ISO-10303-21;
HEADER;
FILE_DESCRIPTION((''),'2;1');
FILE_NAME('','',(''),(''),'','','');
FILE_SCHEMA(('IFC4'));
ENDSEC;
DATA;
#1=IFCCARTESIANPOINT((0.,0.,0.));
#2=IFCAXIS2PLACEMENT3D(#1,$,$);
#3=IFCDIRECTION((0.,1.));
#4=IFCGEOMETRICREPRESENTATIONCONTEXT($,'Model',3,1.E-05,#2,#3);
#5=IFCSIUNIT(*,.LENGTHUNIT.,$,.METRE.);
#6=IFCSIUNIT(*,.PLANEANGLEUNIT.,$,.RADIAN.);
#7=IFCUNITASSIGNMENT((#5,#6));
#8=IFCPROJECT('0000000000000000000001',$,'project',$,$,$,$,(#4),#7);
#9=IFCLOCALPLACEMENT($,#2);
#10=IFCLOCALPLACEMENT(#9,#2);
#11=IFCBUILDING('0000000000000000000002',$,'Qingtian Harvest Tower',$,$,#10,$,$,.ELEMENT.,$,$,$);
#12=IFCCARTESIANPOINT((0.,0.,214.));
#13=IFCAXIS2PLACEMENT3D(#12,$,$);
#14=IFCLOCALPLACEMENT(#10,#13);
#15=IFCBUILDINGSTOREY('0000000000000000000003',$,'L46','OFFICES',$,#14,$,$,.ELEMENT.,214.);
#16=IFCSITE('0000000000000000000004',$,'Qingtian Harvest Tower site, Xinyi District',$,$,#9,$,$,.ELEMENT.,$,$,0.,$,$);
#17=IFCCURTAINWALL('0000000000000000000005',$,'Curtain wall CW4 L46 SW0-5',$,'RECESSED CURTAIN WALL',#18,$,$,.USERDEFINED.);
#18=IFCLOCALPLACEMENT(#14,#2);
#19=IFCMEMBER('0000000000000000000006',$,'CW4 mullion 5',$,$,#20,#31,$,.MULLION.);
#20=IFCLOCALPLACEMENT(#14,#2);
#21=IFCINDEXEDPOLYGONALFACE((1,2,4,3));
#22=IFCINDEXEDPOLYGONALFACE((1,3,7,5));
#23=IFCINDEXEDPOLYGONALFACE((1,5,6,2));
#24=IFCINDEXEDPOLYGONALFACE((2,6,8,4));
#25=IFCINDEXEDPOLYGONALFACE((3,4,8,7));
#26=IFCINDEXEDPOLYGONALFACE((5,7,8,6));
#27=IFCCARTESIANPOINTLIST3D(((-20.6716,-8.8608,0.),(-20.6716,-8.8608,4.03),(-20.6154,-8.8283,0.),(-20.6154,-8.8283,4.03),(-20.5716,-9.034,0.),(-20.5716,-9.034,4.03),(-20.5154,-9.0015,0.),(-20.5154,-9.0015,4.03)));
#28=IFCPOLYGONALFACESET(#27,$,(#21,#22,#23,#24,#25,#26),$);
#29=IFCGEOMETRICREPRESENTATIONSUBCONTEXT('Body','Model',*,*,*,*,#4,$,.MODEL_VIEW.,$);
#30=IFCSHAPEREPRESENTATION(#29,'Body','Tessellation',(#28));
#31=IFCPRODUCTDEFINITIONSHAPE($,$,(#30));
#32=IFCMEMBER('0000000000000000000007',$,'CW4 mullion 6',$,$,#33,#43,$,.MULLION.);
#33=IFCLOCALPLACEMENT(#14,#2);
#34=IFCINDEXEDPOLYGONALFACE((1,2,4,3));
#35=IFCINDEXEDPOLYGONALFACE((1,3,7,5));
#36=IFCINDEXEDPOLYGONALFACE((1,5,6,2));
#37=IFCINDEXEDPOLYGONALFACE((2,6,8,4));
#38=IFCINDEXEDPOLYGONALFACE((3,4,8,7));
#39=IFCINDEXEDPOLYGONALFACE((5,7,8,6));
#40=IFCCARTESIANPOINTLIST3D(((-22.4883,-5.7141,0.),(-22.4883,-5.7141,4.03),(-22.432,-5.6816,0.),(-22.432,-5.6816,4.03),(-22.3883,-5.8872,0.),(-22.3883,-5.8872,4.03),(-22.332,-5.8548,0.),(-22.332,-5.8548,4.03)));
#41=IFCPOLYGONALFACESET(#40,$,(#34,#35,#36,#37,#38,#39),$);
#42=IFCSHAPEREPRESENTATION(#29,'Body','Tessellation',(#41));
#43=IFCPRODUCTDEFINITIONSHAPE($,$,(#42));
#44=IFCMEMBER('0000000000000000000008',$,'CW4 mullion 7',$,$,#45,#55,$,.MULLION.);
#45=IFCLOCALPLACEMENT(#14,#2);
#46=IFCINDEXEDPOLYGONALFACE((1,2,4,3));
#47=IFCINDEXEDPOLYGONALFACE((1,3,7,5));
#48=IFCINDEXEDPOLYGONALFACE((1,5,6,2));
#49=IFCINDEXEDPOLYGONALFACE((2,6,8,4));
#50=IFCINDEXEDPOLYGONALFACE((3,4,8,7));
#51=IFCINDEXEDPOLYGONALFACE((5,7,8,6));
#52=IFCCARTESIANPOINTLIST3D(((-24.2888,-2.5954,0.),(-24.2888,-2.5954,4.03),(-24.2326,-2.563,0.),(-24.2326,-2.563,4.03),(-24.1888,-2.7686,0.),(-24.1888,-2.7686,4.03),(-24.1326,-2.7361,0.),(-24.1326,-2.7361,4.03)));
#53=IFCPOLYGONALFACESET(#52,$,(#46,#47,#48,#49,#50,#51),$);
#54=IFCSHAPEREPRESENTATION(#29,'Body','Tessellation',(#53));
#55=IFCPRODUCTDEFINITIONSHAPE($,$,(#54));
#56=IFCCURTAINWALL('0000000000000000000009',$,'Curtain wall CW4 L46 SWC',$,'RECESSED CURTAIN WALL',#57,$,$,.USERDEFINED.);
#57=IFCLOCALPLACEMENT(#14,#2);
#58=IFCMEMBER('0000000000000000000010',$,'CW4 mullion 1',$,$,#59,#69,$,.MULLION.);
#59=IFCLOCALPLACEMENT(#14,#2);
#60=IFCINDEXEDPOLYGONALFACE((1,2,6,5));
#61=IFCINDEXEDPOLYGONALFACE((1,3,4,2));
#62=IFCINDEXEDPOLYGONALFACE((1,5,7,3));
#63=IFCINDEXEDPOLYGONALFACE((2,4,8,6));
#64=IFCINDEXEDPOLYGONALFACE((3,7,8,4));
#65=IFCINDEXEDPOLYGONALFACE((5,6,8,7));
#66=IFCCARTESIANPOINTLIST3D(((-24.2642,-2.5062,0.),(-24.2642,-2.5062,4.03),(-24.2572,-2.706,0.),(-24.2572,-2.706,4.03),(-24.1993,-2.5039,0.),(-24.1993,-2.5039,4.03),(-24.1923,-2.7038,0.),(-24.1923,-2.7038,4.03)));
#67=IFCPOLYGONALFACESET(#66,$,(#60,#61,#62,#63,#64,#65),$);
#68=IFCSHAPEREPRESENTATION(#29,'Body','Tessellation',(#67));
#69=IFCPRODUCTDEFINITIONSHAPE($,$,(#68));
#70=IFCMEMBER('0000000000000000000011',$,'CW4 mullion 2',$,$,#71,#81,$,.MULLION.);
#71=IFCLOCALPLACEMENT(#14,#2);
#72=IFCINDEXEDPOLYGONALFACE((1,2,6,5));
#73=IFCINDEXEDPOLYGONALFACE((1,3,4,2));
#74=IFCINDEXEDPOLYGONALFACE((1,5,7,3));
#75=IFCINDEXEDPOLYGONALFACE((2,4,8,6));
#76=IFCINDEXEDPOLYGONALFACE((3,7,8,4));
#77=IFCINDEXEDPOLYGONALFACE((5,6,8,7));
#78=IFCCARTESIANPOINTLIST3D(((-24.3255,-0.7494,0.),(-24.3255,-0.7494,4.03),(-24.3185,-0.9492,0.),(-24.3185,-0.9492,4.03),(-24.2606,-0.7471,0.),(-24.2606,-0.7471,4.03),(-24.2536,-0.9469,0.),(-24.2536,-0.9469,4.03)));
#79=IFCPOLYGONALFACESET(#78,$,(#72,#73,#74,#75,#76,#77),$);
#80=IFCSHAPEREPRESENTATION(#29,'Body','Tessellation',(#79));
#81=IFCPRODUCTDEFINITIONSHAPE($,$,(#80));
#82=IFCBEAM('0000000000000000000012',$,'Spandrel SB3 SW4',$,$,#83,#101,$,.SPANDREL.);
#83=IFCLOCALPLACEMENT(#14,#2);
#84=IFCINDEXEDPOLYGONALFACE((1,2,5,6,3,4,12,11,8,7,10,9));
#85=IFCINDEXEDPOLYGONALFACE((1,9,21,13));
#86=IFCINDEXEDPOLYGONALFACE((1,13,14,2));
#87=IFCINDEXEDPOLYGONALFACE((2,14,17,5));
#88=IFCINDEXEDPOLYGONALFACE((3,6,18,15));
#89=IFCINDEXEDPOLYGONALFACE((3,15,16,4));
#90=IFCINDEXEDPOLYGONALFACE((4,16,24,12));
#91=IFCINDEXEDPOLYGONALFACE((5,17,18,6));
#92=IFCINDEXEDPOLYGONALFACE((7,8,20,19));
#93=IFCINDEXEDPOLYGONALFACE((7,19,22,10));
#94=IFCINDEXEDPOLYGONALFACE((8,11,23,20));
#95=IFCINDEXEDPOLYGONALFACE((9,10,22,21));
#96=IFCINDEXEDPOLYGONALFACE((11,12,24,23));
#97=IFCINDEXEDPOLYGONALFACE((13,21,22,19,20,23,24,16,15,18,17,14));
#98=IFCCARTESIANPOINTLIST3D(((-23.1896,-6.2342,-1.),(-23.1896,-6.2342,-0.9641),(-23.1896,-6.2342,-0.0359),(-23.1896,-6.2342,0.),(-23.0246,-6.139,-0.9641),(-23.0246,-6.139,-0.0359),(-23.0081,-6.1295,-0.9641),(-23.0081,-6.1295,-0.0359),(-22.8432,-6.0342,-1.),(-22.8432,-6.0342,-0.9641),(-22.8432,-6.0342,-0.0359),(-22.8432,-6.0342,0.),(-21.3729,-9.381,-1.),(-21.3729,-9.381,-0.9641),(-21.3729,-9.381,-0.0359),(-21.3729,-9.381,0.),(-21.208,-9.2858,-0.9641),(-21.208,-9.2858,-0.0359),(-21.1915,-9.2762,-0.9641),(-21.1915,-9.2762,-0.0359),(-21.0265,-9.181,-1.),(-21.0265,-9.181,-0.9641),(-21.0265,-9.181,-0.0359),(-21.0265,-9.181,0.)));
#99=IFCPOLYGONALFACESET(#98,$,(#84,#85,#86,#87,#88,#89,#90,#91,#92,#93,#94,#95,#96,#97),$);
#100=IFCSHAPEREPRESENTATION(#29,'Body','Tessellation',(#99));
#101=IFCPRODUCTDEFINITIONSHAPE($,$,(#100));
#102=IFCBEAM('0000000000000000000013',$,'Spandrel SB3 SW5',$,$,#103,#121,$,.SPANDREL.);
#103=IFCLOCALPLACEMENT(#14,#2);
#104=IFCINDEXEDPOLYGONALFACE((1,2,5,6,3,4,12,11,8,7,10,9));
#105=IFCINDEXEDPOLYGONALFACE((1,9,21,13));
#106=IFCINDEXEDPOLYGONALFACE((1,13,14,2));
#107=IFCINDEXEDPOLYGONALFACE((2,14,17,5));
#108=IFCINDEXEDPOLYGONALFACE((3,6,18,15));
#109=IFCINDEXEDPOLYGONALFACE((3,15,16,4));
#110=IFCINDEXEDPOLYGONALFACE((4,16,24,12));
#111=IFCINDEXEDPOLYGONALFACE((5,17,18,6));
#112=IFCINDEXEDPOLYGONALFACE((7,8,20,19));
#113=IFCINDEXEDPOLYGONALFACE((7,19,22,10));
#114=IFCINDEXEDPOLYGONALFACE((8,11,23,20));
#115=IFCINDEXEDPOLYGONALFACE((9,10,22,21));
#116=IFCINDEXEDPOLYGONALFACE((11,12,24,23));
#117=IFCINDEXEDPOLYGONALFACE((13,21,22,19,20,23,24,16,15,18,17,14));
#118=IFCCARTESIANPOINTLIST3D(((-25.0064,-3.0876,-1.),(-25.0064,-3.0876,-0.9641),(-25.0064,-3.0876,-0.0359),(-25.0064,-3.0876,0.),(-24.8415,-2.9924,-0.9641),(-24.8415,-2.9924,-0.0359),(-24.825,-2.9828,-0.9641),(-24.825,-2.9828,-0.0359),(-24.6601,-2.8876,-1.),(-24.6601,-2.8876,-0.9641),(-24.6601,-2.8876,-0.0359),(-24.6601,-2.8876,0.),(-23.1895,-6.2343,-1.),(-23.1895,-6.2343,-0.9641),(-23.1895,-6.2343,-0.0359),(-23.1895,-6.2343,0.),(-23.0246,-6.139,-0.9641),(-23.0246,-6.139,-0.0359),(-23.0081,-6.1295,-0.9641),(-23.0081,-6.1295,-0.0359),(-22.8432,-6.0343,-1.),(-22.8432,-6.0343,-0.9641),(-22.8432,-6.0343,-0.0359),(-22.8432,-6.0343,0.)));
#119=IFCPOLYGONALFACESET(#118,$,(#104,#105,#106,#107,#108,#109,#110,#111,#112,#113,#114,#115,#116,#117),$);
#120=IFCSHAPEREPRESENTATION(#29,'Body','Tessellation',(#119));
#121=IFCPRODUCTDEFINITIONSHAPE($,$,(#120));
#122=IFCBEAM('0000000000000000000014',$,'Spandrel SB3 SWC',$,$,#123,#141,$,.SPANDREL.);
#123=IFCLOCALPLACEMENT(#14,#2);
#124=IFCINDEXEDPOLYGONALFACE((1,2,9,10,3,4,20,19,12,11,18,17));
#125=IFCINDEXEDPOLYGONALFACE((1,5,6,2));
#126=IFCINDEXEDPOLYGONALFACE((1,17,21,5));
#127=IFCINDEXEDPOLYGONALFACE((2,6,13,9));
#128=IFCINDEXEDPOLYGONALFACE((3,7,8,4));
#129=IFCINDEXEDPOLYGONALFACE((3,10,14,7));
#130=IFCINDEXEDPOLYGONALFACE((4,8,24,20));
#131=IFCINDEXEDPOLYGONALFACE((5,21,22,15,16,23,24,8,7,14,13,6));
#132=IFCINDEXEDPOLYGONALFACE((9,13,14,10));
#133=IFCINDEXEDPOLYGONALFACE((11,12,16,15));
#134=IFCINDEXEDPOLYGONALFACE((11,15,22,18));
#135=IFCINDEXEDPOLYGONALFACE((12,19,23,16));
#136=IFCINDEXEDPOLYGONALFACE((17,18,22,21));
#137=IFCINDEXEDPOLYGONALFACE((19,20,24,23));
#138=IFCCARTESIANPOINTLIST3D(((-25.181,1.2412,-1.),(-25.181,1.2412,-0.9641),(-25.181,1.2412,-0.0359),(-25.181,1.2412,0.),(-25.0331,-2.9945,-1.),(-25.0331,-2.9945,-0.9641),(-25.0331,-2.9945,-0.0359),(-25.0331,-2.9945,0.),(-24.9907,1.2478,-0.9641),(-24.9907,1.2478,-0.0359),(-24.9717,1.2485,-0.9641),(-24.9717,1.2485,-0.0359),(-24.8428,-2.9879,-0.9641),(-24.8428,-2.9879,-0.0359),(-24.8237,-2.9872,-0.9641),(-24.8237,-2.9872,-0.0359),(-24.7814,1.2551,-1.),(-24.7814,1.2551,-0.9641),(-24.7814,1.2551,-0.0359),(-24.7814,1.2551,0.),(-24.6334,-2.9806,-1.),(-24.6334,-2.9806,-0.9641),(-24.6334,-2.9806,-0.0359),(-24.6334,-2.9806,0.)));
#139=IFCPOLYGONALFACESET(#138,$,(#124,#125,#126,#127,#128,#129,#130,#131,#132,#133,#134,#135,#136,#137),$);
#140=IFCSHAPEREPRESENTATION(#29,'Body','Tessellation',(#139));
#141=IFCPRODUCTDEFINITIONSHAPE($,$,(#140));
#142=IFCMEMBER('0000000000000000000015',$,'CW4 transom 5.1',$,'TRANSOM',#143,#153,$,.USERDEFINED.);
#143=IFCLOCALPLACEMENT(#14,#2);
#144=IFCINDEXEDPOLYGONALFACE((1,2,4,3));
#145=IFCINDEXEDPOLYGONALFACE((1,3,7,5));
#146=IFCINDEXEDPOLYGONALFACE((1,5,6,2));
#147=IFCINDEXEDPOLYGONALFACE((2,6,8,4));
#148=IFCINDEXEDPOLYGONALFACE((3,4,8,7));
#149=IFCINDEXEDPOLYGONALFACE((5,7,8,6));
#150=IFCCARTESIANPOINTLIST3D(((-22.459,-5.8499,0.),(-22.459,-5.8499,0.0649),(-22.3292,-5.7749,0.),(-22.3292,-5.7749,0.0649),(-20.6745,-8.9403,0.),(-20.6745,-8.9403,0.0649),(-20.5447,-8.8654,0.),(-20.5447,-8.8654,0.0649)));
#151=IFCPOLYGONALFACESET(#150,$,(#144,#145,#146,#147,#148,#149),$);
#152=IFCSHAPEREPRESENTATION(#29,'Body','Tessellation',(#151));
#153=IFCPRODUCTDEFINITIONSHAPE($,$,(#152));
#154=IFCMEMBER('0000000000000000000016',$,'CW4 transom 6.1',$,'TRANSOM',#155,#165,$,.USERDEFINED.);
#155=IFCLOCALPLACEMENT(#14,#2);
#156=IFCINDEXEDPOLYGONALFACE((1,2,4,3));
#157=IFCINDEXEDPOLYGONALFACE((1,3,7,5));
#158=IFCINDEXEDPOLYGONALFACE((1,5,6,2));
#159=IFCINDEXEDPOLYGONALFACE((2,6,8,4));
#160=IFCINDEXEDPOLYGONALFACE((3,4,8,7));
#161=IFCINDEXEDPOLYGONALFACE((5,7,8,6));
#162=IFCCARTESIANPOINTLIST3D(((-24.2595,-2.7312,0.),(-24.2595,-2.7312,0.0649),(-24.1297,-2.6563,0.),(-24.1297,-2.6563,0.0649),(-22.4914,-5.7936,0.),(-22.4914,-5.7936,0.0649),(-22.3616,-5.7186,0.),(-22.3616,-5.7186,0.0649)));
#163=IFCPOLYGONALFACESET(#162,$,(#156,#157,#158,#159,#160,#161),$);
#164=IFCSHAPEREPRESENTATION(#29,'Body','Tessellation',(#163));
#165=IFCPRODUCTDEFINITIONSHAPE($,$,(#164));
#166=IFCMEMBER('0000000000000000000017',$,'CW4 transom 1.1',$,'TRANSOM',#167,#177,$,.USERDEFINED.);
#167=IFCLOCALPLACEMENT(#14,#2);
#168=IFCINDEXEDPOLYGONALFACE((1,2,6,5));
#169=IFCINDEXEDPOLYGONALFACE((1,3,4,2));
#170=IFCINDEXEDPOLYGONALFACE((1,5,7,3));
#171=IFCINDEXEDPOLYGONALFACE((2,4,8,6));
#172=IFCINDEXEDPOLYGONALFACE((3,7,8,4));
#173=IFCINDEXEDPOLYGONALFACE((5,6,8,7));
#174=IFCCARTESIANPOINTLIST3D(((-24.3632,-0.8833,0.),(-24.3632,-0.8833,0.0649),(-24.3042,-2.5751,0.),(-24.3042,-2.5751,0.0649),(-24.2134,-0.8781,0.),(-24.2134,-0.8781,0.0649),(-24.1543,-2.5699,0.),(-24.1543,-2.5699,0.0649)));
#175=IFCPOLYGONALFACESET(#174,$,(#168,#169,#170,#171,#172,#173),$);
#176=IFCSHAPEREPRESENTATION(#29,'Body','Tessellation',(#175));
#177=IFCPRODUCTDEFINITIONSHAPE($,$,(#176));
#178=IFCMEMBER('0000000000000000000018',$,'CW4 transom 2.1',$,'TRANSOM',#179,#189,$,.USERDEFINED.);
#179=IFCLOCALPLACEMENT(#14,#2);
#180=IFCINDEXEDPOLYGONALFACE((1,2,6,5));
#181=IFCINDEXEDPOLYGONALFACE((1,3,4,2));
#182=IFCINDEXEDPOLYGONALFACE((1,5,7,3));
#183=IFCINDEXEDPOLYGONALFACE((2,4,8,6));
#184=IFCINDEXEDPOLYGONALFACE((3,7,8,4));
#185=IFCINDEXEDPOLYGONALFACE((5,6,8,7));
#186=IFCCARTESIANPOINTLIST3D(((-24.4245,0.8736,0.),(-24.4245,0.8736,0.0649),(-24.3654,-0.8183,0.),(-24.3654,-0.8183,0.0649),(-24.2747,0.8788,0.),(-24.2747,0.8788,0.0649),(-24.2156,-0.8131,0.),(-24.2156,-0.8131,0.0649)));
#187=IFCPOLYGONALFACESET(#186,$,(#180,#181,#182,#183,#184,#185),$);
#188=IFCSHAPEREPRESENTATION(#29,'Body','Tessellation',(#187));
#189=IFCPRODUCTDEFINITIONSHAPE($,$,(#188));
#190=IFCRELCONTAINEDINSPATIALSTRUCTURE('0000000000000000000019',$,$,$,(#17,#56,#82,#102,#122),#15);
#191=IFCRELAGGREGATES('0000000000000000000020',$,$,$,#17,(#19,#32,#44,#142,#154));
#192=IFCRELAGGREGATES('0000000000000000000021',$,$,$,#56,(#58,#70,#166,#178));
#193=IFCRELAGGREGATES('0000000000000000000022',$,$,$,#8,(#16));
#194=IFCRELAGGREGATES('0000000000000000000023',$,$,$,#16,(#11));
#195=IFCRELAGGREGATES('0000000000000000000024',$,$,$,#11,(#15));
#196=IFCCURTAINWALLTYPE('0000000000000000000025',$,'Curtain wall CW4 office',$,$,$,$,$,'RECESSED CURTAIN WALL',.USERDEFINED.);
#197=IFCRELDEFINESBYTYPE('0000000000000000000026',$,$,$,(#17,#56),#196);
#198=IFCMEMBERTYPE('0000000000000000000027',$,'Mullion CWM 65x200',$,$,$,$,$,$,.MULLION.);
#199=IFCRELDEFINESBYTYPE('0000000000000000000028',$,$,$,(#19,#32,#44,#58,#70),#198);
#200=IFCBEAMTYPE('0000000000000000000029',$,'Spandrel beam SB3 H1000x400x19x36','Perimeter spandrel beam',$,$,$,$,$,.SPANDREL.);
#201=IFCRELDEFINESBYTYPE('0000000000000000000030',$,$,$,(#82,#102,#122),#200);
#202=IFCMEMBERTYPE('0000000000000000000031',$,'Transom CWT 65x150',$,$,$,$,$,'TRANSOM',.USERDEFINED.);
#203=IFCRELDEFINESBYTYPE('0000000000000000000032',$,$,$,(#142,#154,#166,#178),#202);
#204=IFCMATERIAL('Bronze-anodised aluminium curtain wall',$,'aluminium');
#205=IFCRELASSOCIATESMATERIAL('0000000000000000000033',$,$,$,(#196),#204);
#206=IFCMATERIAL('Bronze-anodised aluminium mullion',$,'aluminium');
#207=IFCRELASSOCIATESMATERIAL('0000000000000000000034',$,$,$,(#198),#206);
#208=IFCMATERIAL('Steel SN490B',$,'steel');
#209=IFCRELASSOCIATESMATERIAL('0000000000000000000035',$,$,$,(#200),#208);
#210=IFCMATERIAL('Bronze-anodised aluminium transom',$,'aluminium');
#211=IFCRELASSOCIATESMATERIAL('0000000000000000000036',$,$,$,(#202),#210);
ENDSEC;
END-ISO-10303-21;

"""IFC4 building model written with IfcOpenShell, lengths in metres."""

from ifc_helpers import new_model, si_unit, direction, frame, origin, origin_2d, place, context, subcontext, project, spatial, rectangle, i_section, extrude, material, material_profile, profile_set, type_object, element, aggregate, save


model = new_model("IFC4")

# Units and contexts
model_context = context("Model", 3, precision=1e-05, world=origin(), true_north=direction((0.0, 1.0)))
body_context = subcontext(model_context, "Body", "Model", "MODEL_VIEW")
ifc_project = project(units=[si_unit("LENGTHUNIT", "METRE"), si_unit("PLANEANGLEUNIT", "RADIAN")], contexts=[model_context])

# Site, building, storey
site_placement = place(None, origin())
site = spatial("IfcSite", under=ifc_project, at=site_placement, Name="Qingtian Harvest Tower site, Xinyi District", CompositionType="ELEMENT", RefElevation=0.0)
building_placement = place(site_placement, origin())
building = spatial("IfcBuilding", under=site, at=building_placement, Name="Qingtian Harvest Tower", CompositionType="ELEMENT")
storey_placement = place(building_placement, frame((0.0, 0.0, 214.0)))
storey = spatial("IfcBuildingStorey", under=building, at=storey_placement, Name="L46", Description="OFFICES", CompositionType="ELEMENT", Elevation=214.0)

# Curtain walls, members
ifc_material_1 = material(Name="Bronze-anodised aluminium curtain wall", Category="aluminium")
curtain_wall_type = type_object("IfcCurtainWallType", Name="Curtain wall CW4 office", ElementType="RECESSED CURTAIN WALL", PredefinedType="USERDEFINED", material=ifc_material_1)
curtain_wall_1_placement = place(storey_placement, origin())
curtain_wall_1 = element("IfcCurtainWall", 1, at=curtain_wall_1_placement, inside=storey, type_object=curtain_wall_type, Name="Curtain wall CW4 L46 SW0-5", ObjectType="RECESSED CURTAIN WALL", PredefinedType="USERDEFINED")
ifc_material_2 = material(Name="Bronze-anodised aluminium mullion", Category="aluminium")
ifc_material_profile_1 = material_profile(ifc_material_2, rectangle(XDim=0.0649, YDim=0.2, at=origin_2d()), Name="AL 65x200")
ifc_profile_set_1 = profile_set([ifc_material_profile_1], Name="Bronze-anodised aluminium mullion")
member_type_1 = type_object("IfcMemberType", Name="Mullion CWM 65x200", PredefinedType="MULLION", material=ifc_profile_set_1)
member_1_placement = place(storey_placement, frame((-20.5935, -8.9312, 0.0), z_axis=(0.0, 0.0, 1.0), x_axis=(-0.866025, -0.5, 0.0)))
member_1 = element("IfcMember", 2, at=member_1_placement, type_object=member_type_1, Name="CW4 mullion 5", PredefinedType="MULLION", context=body_context, shape_type="SweptSolid", body=[
    extrude(rectangle(XDim=0.0649, YDim=0.2, at=origin_2d()), origin(), (0.0, 0.0, 1.0), 4.03),
])
member_2_placement = place(storey_placement, frame((-22.4102, -5.7844, 0.0), z_axis=(0.0, 0.0, 1.0), x_axis=(-0.866025, -0.5, 0.0)))
member_2 = element("IfcMember", 3, at=member_2_placement, type_object=member_type_1, Name="CW4 mullion 6", PredefinedType="MULLION", context=body_context, shape_type="SweptSolid", body=[
    extrude(rectangle(XDim=0.0649, YDim=0.2, at=origin_2d()), origin(), (0.0, 0.0, 1.0), 4.03),
])
member_3_placement = place(storey_placement, frame((-24.2107, -2.6658, 0.0), z_axis=(0.0, 0.0, 1.0), x_axis=(-0.866025, -0.5, 0.0)))
member_3 = element("IfcMember", 4, at=member_3_placement, type_object=member_type_1, Name="CW4 mullion 7", PredefinedType="MULLION", context=body_context, shape_type="SweptSolid", body=[
    extrude(rectangle(XDim=0.0649, YDim=0.2, at=origin_2d()), origin(), (0.0, 0.0, 1.0), 4.03),
])
curtain_wall_2_placement = place(storey_placement, origin())
curtain_wall_2 = element("IfcCurtainWall", 5, at=curtain_wall_2_placement, inside=storey, type_object=curtain_wall_type, Name="Curtain wall CW4 L46 SWC", ObjectType="RECESSED CURTAIN WALL", PredefinedType="USERDEFINED")
member_4_placement = place(storey_placement, frame((-24.2283, -2.605, 0.0), z_axis=(0.0, 0.0, 1.0), x_axis=(-0.999391, -0.034899, 0.0)))
member_4 = element("IfcMember", 6, at=member_4_placement, type_object=member_type_1, Name="CW4 mullion 1", PredefinedType="MULLION", context=body_context, shape_type="SweptSolid", body=[
    extrude(rectangle(XDim=0.0649, YDim=0.2, at=origin_2d()), origin(), (0.0, 0.0, 1.0), 4.03),
])
member_5_placement = place(storey_placement, frame((-24.2896, -0.8481, 0.0), z_axis=(0.0, 0.0, 1.0), x_axis=(-0.999391, -0.034899, 0.0)))
member_5 = element("IfcMember", 7, at=member_5_placement, type_object=member_type_1, Name="CW4 mullion 2", PredefinedType="MULLION", context=body_context, shape_type="SweptSolid", body=[
    extrude(rectangle(XDim=0.0649, YDim=0.2, at=origin_2d()), origin(), (0.0, 0.0, 1.0), 4.03),
])

# Beams
ifc_material_3 = material(Name="Steel SN490B", Category="steel")
ifc_material_profile_2 = material_profile(ifc_material_3, i_section(OverallWidth=0.3999, OverallDepth=1.0, WebThickness=0.019, FlangeThickness=0.0359, at=origin_2d()), Name="H1000x400x19x36")
ifc_profile_set_2 = profile_set([ifc_material_profile_2], Name="Steel SN490B")
beam_type_1 = type_object("IfcBeamType", Name="Spandrel beam SB3 H1000x400x19x36", Description="Perimeter spandrel beam", PredefinedType="SPANDREL", material=ifc_profile_set_2)
for number, where, z_axis, x_axis, name in (
    (8, (-21.1997, -9.281, -0.5), (-0.499976, 0.866039, 0.0), (-0.866039, -0.499976, 0.0), "Spandrel SB3 SW4"),
    (9, (-23.0164, -6.1343, -0.5), (-0.500027, 0.86601, 0.0), (-0.86601, -0.500027, 0.0), "Spandrel SB3 SW5"),
):
    element("IfcBeam", number, at=place(storey_placement, frame(where, z_axis=z_axis, x_axis=x_axis)), inside=storey, type_object=beam_type_1, Name=name, PredefinedType="SPANDREL", context=body_context, shape_type="SweptSolid", body=[
        extrude(i_section(OverallWidth=0.3999, OverallDepth=1.0, WebThickness=0.019, FlangeThickness=0.0359, at=origin_2d()), origin(), (0.0, 0.0, 1.0), 3.6335),
    ])
beam_1_placement = place(storey_placement, frame((-24.8333, -2.9875, -0.5), z_axis=(-0.034909, 0.999391, 0.0), x_axis=(-0.999391, -0.034909, 0.0)))
element("IfcBeam", 10, at=beam_1_placement, inside=storey, type_object=beam_type_1, Name="Spandrel SB3 SWC", PredefinedType="SPANDREL", context=body_context, shape_type="SweptSolid", body=[
    extrude(i_section(OverallWidth=0.3999, OverallDepth=1.0, WebThickness=0.019, FlangeThickness=0.0359, at=origin_2d()), origin(), (0.0, 0.0, 1.0), 4.2383),
])

# Members
ifc_material_4 = material(Name="Bronze-anodised aluminium transom", Category="aluminium")
ifc_material_profile_3 = material_profile(ifc_material_4, rectangle(XDim=0.1499, YDim=0.0649, at=origin_2d()), Name="AL 65x150")
ifc_profile_set_3 = profile_set([ifc_material_profile_3], Name="Bronze-anodised aluminium transom")
member_type_2 = type_object("IfcMemberType", Name="Transom CWT 65x150", ElementType="TRANSOM", PredefinedType="USERDEFINED", material=ifc_profile_set_3)
member_6_placement = place(storey_placement, frame((-20.6096, -8.9028, 0.0325), z_axis=(-0.500046, 0.865999, 0.0), x_axis=(-0.865999, -0.500046, 0.0)))
member_6 = element("IfcMember", 11, at=member_6_placement, type_object=member_type_2, Name="CW4 transom 5.1", ObjectType="TRANSOM", PredefinedType="USERDEFINED", context=body_context, shape_type="SweptSolid", body=[
    extrude(rectangle(XDim=0.1499, YDim=0.0649, at=origin_2d()), origin(), (0.0, 0.0, 1.0), 3.5686),
])
member_7_placement = place(storey_placement, frame((-22.4265, -5.7561, 0.0325), z_axis=(-0.500015, 0.866017, 0.0), x_axis=(-0.866017, -0.500015, 0.0)))
member_7 = element("IfcMember", 12, at=member_7_placement, type_object=member_type_2, Name="CW4 transom 6.1", ObjectType="TRANSOM", PredefinedType="USERDEFINED", context=body_context, shape_type="SweptSolid", body=[
    extrude(rectangle(XDim=0.1499, YDim=0.0649, at=origin_2d()), origin(), (0.0, 0.0, 1.0), 3.5361),
])
member_8_placement = place(storey_placement, frame((-24.2292, -2.5725, 0.0325), z_axis=(-0.034899, 0.999391, 0.0), x_axis=(-0.999391, -0.034899, 0.0)))
member_8 = element("IfcMember", 13, at=member_8_placement, type_object=member_type_2, Name="CW4 transom 1.1", ObjectType="TRANSOM", PredefinedType="USERDEFINED", context=body_context, shape_type="SweptSolid", body=[
    extrude(rectangle(XDim=0.1499, YDim=0.0649, at=origin_2d()), origin(), (0.0, 0.0, 1.0), 1.6929),
])
member_9_placement = place(storey_placement, frame((-24.2905, -0.8157, 0.0325), z_axis=(-0.034899, 0.999391, 0.0), x_axis=(-0.999391, -0.034899, 0.0)))
member_9 = element("IfcMember", 14, at=member_9_placement, type_object=member_type_2, Name="CW4 transom 2.1", ObjectType="TRANSOM", PredefinedType="USERDEFINED", context=body_context, shape_type="SweptSolid", body=[
    extrude(rectangle(XDim=0.1499, YDim=0.0649, at=origin_2d()), origin(), (0.0, 0.0, 1.0), 1.6929),
])

aggregate(curtain_wall_1, [member_1, member_2, member_3, member_6, member_7])
aggregate(curtain_wall_2, [member_4, member_5, member_8, member_9])

save(model, "model.ifc")
